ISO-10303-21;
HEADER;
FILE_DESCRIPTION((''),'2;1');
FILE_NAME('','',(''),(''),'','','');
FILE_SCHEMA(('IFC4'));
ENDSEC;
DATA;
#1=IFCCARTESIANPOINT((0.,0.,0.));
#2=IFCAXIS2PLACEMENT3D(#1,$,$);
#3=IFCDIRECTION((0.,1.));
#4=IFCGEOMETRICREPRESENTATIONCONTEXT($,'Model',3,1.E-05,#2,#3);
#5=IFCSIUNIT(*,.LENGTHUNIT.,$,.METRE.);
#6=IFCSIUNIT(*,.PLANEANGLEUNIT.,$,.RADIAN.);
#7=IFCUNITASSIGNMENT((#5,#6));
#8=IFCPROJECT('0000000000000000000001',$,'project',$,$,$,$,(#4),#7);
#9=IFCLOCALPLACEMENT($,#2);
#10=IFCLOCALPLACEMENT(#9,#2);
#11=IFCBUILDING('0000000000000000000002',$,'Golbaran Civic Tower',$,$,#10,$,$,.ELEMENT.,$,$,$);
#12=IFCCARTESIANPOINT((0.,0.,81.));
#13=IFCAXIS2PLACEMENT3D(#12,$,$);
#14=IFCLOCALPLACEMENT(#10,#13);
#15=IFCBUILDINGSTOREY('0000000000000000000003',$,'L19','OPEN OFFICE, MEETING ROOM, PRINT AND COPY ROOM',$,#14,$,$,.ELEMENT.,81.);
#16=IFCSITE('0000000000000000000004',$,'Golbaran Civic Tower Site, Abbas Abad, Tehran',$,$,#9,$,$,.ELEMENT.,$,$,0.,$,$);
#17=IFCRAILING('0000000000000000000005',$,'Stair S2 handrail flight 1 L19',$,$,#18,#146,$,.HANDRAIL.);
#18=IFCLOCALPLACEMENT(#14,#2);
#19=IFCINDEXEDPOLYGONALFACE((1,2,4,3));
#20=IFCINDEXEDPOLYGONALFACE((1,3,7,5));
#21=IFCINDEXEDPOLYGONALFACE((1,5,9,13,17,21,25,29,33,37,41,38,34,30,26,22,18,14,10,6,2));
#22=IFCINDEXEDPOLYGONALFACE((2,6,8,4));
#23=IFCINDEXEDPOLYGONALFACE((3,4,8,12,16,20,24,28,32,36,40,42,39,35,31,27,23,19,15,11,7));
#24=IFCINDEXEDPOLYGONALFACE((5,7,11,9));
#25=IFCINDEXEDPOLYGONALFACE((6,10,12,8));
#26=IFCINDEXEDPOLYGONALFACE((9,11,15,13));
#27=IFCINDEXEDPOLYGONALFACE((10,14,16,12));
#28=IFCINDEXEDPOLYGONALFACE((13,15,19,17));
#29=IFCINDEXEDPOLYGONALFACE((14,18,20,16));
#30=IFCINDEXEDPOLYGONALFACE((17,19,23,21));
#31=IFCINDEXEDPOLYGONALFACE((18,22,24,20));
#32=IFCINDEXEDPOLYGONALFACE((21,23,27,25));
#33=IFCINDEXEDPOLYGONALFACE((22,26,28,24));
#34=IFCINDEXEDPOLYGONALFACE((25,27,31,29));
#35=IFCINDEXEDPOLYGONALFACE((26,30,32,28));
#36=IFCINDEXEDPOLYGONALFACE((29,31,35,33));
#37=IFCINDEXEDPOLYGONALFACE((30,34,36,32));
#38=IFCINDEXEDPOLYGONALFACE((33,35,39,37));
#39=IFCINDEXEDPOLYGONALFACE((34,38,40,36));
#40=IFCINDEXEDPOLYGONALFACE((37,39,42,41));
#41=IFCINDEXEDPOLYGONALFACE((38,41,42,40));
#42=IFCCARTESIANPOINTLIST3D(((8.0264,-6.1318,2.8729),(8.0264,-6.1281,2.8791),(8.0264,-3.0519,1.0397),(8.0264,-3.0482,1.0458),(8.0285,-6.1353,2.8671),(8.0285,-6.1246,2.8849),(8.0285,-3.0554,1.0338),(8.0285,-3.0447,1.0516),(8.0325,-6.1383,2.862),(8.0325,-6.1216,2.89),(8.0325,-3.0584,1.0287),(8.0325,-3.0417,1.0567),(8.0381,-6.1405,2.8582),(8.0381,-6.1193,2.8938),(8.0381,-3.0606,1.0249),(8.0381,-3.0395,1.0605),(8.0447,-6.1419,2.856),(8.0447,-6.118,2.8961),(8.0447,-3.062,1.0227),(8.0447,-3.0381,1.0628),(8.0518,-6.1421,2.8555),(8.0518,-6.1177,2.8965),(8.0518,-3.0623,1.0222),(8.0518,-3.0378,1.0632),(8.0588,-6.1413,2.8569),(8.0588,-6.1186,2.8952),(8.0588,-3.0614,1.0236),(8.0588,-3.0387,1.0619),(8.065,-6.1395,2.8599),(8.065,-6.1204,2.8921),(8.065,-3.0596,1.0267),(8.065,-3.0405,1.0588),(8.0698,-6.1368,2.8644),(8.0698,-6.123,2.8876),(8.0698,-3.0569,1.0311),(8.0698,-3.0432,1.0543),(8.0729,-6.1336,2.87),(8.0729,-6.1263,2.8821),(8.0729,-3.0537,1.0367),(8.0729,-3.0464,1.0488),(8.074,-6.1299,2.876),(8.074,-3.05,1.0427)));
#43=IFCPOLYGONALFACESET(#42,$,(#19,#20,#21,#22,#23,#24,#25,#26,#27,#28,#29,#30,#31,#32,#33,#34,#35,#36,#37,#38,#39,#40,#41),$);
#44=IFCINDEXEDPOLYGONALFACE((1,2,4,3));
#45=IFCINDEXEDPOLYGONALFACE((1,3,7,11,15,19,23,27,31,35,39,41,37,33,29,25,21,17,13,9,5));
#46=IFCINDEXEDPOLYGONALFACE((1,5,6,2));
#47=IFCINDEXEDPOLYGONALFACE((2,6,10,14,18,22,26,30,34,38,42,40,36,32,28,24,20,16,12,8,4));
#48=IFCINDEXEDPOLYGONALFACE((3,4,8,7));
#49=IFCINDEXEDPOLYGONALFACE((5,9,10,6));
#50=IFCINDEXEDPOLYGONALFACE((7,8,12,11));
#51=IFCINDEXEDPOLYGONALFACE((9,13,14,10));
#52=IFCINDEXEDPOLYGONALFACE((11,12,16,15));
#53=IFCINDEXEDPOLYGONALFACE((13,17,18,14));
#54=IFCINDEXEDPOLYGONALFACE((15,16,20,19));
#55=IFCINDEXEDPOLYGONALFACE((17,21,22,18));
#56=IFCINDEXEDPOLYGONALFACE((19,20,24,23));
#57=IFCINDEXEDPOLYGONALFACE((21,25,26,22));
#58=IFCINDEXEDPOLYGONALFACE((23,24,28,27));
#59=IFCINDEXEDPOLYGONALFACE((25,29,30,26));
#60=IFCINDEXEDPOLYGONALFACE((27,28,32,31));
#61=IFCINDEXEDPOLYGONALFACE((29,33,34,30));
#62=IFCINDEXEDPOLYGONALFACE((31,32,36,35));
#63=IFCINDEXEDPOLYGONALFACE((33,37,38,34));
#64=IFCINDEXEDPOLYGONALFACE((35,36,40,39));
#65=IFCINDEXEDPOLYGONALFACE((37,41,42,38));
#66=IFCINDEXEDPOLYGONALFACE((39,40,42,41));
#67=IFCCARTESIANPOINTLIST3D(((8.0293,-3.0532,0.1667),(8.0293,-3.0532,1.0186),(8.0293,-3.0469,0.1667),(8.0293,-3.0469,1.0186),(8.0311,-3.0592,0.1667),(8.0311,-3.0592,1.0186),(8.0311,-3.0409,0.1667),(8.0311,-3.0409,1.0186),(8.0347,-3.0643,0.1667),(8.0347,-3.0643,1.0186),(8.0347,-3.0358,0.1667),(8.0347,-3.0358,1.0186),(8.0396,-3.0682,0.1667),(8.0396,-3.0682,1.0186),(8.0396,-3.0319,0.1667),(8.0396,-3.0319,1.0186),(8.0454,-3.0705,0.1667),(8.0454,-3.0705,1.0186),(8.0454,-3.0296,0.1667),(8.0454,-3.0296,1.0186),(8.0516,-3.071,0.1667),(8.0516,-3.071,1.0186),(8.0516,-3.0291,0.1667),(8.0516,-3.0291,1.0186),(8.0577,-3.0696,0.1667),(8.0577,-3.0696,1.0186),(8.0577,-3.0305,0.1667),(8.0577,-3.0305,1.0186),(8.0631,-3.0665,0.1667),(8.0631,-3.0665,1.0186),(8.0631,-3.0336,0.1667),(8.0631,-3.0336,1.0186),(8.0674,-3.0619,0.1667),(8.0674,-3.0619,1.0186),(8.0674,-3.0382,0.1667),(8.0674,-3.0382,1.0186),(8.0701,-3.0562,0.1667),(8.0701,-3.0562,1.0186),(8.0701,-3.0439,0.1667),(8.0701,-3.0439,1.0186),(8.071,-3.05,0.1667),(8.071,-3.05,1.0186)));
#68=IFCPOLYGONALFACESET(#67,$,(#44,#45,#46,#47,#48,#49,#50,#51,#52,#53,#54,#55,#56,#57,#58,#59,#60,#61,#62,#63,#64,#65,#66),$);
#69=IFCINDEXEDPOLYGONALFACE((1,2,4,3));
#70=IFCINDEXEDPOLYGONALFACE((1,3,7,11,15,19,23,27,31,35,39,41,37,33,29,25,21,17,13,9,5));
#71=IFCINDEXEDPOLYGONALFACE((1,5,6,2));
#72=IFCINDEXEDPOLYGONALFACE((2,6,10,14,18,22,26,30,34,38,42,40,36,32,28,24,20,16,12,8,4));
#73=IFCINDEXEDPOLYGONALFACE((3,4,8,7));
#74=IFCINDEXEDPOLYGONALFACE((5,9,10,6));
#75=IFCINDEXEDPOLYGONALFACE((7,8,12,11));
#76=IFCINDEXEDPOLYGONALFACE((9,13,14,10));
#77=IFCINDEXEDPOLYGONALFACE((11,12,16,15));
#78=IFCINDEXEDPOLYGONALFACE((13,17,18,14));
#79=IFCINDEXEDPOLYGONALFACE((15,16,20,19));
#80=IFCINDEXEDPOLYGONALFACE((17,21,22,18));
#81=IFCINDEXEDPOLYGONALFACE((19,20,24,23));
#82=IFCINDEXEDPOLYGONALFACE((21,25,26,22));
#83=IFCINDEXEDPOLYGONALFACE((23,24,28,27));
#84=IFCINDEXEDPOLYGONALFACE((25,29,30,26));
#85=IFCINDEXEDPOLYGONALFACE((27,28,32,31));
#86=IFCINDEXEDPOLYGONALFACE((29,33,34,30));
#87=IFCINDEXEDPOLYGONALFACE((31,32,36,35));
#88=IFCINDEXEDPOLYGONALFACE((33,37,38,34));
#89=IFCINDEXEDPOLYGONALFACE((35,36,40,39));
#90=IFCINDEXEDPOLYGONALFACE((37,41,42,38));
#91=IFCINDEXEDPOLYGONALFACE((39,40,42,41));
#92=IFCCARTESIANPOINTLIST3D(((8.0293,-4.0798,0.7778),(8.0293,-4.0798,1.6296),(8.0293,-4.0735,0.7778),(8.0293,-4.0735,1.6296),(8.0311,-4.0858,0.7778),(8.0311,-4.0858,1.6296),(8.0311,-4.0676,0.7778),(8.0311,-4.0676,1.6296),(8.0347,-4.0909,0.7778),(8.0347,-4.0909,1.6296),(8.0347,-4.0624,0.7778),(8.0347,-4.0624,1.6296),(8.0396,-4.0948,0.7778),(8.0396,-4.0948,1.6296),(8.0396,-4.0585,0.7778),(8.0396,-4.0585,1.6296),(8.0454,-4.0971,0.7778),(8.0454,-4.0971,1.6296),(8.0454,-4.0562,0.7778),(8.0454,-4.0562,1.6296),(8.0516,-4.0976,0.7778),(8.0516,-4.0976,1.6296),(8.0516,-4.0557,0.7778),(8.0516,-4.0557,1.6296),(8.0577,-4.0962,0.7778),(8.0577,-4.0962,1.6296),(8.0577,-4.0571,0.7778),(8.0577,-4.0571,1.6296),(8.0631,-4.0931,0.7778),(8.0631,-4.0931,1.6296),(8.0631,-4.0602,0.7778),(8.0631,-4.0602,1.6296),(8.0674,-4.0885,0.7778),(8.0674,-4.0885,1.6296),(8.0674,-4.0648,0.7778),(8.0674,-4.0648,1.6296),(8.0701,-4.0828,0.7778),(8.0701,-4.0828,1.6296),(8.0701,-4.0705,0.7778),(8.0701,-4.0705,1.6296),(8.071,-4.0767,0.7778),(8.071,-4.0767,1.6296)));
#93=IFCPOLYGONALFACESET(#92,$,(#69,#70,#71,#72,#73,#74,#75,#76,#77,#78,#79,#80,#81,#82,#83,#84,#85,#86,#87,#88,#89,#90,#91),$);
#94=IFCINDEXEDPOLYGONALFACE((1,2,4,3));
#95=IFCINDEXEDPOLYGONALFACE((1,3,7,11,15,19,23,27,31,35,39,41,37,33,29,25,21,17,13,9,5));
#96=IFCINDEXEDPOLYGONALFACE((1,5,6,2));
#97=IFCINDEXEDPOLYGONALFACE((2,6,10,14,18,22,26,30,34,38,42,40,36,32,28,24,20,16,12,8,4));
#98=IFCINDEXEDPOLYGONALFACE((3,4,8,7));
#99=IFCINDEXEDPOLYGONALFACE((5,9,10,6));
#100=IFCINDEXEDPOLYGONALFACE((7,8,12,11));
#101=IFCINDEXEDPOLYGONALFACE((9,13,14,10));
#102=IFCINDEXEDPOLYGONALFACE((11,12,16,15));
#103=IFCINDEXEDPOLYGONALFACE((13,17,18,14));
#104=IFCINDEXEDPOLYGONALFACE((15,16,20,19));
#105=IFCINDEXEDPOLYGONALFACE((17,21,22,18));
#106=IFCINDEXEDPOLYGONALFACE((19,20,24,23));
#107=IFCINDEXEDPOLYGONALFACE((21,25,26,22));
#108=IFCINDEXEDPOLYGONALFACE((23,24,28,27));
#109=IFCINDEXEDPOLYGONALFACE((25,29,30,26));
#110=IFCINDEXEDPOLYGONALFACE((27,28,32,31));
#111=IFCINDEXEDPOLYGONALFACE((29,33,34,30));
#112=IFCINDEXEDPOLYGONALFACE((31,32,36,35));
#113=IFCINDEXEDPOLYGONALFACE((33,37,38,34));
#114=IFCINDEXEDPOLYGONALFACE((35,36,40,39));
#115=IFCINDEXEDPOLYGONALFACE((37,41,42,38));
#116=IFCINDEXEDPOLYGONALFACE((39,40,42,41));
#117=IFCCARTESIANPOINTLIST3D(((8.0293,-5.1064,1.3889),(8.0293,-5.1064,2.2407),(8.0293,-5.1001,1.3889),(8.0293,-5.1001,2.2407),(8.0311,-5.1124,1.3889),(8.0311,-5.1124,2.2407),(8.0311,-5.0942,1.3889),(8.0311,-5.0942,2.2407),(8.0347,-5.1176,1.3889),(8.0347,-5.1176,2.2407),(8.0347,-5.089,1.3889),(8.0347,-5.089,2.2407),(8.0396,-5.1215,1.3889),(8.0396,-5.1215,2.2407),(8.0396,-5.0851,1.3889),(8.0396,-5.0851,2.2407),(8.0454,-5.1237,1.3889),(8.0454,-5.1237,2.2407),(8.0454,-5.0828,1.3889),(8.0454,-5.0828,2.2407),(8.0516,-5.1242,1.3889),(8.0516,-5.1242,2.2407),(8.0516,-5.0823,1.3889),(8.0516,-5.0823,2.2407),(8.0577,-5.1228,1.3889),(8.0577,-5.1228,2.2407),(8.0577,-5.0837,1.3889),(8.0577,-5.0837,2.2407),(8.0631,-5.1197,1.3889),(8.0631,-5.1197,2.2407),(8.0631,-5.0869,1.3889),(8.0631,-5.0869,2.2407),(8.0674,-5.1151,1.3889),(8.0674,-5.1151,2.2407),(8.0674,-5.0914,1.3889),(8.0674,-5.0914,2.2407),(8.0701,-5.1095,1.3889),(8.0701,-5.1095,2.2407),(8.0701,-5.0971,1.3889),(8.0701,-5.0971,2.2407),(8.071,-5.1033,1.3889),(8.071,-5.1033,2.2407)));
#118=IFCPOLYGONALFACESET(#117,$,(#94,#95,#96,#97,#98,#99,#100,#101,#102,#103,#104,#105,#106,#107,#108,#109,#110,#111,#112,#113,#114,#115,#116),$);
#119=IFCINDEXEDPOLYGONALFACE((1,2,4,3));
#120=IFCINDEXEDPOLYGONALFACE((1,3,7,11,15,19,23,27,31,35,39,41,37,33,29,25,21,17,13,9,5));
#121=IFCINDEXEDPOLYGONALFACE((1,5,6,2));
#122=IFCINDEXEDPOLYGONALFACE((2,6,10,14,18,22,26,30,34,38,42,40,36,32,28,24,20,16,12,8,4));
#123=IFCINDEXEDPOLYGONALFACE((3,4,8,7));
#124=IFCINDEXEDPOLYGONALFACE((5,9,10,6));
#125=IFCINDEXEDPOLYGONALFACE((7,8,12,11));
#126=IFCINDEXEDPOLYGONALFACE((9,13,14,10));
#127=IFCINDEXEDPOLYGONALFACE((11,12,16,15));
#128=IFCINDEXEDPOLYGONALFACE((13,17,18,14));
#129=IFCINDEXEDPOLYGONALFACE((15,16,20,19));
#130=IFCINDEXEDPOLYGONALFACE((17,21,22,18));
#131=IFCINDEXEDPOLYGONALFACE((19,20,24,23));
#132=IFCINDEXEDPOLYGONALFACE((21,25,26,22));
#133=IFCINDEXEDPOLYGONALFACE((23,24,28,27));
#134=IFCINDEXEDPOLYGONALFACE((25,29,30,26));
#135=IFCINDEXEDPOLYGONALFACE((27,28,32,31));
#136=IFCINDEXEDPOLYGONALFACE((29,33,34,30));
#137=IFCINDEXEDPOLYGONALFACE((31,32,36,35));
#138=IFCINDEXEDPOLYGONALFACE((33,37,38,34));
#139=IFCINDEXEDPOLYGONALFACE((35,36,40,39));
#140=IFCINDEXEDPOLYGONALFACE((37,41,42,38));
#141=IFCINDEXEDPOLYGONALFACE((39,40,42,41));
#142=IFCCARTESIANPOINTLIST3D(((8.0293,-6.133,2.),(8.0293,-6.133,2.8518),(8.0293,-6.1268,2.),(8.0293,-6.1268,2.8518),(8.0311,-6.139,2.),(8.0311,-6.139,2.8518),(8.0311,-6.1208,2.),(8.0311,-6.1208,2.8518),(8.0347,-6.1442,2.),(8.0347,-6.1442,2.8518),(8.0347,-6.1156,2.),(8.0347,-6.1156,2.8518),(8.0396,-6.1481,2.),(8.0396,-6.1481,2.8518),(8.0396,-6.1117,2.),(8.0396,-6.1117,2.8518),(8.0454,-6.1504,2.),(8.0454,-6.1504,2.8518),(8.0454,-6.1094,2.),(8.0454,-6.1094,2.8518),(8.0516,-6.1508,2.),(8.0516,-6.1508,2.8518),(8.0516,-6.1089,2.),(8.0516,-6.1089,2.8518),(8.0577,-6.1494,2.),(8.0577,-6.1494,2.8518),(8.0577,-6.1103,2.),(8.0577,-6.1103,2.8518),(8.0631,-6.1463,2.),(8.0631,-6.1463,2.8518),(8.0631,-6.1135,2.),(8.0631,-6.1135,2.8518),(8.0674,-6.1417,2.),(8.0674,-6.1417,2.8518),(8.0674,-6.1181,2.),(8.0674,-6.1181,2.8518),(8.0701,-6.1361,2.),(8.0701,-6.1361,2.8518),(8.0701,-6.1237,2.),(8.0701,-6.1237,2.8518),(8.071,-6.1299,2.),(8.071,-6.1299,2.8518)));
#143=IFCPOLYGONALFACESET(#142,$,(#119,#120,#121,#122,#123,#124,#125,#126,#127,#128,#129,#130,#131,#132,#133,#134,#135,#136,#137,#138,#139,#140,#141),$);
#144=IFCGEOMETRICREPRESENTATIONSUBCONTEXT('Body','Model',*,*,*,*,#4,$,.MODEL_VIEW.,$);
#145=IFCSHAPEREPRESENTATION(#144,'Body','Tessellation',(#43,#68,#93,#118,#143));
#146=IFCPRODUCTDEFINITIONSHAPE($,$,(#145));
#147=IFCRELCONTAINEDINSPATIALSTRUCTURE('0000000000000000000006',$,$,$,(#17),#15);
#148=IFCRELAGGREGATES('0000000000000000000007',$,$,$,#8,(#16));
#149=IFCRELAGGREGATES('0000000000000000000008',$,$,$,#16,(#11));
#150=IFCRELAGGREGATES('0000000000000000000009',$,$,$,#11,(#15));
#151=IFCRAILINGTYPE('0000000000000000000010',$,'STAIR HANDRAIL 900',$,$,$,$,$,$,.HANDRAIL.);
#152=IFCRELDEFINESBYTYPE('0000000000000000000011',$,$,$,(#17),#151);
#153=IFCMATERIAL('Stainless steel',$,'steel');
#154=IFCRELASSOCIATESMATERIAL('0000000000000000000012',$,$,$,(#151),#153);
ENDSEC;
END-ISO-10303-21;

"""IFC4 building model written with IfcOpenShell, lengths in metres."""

from ifc_helpers import new_model, si_unit, direction, frame, origin, origin_2d, place, context, subcontext, project, spatial, circle, extrude, material, type_object, element, save


model = new_model("IFC4")

# Units and contexts
model_context = context("Model", 3, precision=1e-05, world=origin(), true_north=direction((0.0, 1.0)))
body_context = subcontext(model_context, "Body", "Model", "MODEL_VIEW")
ifc_project = project(units=[si_unit("LENGTHUNIT", "METRE"), si_unit("PLANEANGLEUNIT", "RADIAN")], contexts=[model_context])

# Site, building, storey
site_placement = place(None, origin())
site = spatial("IfcSite", under=ifc_project, at=site_placement, Name="Golbaran Civic Tower Site, Abbas Abad, Tehran", CompositionType="ELEMENT", RefElevation=0.0)
building_placement = place(site_placement, origin())
building = spatial("IfcBuilding", under=site, at=building_placement, Name="Golbaran Civic Tower", CompositionType="ELEMENT")
storey_placement = place(building_placement, frame((0.0, 0.0, 81.0)))
storey = spatial("IfcBuildingStorey", under=building, at=storey_placement, Name="L19", Description="OPEN OFFICE, MEETING ROOM, PRINT AND COPY ROOM", CompositionType="ELEMENT", Elevation=81.0)

# Railing
ifc_material_1 = material(Name="Stainless steel", Category="steel")
railing_type = type_object("IfcRailingType", Name="STAIR HANDRAIL 900", PredefinedType="HANDRAIL", material=ifc_material_1)
railing_1_placement = place(storey_placement, frame((8.05, -3.05, 0.1667)))
element("IfcRailing", 1, at=railing_1_placement, inside=storey, type_object=railing_type, Name="Stair S2 handrail flight 1 L19", PredefinedType="HANDRAIL", context=body_context, shape_type="SweptSolid", body=[
    extrude(circle(Radius=0.0239, at=origin_2d()), frame((0.0, 0.0, 0.876), z_axis=(0.0, -0.859291, 0.511487), x_axis=(1.0, 0.0, 0.0)), (0.0, 0.0, 1.0), 3.5842),
    extrude(circle(Radius=0.021, at=origin_2d()), origin(), (0.0, 0.0, 1.0), 0.8518),
    extrude(circle(Radius=0.021, at=origin_2d()), frame((0.0, -1.0266, 0.6111)), (0.0, 0.0, 1.0), 0.8518),
    extrude(circle(Radius=0.021, at=origin_2d()), frame((0.0, -2.0532, 1.2222)), (0.0, 0.0, 1.0), 0.8518),
    extrude(circle(Radius=0.021, at=origin_2d()), frame((0.0, -3.0798, 1.8333)), (0.0, 0.0, 1.0), 0.8518),
])

save(model, "model.ifc")
